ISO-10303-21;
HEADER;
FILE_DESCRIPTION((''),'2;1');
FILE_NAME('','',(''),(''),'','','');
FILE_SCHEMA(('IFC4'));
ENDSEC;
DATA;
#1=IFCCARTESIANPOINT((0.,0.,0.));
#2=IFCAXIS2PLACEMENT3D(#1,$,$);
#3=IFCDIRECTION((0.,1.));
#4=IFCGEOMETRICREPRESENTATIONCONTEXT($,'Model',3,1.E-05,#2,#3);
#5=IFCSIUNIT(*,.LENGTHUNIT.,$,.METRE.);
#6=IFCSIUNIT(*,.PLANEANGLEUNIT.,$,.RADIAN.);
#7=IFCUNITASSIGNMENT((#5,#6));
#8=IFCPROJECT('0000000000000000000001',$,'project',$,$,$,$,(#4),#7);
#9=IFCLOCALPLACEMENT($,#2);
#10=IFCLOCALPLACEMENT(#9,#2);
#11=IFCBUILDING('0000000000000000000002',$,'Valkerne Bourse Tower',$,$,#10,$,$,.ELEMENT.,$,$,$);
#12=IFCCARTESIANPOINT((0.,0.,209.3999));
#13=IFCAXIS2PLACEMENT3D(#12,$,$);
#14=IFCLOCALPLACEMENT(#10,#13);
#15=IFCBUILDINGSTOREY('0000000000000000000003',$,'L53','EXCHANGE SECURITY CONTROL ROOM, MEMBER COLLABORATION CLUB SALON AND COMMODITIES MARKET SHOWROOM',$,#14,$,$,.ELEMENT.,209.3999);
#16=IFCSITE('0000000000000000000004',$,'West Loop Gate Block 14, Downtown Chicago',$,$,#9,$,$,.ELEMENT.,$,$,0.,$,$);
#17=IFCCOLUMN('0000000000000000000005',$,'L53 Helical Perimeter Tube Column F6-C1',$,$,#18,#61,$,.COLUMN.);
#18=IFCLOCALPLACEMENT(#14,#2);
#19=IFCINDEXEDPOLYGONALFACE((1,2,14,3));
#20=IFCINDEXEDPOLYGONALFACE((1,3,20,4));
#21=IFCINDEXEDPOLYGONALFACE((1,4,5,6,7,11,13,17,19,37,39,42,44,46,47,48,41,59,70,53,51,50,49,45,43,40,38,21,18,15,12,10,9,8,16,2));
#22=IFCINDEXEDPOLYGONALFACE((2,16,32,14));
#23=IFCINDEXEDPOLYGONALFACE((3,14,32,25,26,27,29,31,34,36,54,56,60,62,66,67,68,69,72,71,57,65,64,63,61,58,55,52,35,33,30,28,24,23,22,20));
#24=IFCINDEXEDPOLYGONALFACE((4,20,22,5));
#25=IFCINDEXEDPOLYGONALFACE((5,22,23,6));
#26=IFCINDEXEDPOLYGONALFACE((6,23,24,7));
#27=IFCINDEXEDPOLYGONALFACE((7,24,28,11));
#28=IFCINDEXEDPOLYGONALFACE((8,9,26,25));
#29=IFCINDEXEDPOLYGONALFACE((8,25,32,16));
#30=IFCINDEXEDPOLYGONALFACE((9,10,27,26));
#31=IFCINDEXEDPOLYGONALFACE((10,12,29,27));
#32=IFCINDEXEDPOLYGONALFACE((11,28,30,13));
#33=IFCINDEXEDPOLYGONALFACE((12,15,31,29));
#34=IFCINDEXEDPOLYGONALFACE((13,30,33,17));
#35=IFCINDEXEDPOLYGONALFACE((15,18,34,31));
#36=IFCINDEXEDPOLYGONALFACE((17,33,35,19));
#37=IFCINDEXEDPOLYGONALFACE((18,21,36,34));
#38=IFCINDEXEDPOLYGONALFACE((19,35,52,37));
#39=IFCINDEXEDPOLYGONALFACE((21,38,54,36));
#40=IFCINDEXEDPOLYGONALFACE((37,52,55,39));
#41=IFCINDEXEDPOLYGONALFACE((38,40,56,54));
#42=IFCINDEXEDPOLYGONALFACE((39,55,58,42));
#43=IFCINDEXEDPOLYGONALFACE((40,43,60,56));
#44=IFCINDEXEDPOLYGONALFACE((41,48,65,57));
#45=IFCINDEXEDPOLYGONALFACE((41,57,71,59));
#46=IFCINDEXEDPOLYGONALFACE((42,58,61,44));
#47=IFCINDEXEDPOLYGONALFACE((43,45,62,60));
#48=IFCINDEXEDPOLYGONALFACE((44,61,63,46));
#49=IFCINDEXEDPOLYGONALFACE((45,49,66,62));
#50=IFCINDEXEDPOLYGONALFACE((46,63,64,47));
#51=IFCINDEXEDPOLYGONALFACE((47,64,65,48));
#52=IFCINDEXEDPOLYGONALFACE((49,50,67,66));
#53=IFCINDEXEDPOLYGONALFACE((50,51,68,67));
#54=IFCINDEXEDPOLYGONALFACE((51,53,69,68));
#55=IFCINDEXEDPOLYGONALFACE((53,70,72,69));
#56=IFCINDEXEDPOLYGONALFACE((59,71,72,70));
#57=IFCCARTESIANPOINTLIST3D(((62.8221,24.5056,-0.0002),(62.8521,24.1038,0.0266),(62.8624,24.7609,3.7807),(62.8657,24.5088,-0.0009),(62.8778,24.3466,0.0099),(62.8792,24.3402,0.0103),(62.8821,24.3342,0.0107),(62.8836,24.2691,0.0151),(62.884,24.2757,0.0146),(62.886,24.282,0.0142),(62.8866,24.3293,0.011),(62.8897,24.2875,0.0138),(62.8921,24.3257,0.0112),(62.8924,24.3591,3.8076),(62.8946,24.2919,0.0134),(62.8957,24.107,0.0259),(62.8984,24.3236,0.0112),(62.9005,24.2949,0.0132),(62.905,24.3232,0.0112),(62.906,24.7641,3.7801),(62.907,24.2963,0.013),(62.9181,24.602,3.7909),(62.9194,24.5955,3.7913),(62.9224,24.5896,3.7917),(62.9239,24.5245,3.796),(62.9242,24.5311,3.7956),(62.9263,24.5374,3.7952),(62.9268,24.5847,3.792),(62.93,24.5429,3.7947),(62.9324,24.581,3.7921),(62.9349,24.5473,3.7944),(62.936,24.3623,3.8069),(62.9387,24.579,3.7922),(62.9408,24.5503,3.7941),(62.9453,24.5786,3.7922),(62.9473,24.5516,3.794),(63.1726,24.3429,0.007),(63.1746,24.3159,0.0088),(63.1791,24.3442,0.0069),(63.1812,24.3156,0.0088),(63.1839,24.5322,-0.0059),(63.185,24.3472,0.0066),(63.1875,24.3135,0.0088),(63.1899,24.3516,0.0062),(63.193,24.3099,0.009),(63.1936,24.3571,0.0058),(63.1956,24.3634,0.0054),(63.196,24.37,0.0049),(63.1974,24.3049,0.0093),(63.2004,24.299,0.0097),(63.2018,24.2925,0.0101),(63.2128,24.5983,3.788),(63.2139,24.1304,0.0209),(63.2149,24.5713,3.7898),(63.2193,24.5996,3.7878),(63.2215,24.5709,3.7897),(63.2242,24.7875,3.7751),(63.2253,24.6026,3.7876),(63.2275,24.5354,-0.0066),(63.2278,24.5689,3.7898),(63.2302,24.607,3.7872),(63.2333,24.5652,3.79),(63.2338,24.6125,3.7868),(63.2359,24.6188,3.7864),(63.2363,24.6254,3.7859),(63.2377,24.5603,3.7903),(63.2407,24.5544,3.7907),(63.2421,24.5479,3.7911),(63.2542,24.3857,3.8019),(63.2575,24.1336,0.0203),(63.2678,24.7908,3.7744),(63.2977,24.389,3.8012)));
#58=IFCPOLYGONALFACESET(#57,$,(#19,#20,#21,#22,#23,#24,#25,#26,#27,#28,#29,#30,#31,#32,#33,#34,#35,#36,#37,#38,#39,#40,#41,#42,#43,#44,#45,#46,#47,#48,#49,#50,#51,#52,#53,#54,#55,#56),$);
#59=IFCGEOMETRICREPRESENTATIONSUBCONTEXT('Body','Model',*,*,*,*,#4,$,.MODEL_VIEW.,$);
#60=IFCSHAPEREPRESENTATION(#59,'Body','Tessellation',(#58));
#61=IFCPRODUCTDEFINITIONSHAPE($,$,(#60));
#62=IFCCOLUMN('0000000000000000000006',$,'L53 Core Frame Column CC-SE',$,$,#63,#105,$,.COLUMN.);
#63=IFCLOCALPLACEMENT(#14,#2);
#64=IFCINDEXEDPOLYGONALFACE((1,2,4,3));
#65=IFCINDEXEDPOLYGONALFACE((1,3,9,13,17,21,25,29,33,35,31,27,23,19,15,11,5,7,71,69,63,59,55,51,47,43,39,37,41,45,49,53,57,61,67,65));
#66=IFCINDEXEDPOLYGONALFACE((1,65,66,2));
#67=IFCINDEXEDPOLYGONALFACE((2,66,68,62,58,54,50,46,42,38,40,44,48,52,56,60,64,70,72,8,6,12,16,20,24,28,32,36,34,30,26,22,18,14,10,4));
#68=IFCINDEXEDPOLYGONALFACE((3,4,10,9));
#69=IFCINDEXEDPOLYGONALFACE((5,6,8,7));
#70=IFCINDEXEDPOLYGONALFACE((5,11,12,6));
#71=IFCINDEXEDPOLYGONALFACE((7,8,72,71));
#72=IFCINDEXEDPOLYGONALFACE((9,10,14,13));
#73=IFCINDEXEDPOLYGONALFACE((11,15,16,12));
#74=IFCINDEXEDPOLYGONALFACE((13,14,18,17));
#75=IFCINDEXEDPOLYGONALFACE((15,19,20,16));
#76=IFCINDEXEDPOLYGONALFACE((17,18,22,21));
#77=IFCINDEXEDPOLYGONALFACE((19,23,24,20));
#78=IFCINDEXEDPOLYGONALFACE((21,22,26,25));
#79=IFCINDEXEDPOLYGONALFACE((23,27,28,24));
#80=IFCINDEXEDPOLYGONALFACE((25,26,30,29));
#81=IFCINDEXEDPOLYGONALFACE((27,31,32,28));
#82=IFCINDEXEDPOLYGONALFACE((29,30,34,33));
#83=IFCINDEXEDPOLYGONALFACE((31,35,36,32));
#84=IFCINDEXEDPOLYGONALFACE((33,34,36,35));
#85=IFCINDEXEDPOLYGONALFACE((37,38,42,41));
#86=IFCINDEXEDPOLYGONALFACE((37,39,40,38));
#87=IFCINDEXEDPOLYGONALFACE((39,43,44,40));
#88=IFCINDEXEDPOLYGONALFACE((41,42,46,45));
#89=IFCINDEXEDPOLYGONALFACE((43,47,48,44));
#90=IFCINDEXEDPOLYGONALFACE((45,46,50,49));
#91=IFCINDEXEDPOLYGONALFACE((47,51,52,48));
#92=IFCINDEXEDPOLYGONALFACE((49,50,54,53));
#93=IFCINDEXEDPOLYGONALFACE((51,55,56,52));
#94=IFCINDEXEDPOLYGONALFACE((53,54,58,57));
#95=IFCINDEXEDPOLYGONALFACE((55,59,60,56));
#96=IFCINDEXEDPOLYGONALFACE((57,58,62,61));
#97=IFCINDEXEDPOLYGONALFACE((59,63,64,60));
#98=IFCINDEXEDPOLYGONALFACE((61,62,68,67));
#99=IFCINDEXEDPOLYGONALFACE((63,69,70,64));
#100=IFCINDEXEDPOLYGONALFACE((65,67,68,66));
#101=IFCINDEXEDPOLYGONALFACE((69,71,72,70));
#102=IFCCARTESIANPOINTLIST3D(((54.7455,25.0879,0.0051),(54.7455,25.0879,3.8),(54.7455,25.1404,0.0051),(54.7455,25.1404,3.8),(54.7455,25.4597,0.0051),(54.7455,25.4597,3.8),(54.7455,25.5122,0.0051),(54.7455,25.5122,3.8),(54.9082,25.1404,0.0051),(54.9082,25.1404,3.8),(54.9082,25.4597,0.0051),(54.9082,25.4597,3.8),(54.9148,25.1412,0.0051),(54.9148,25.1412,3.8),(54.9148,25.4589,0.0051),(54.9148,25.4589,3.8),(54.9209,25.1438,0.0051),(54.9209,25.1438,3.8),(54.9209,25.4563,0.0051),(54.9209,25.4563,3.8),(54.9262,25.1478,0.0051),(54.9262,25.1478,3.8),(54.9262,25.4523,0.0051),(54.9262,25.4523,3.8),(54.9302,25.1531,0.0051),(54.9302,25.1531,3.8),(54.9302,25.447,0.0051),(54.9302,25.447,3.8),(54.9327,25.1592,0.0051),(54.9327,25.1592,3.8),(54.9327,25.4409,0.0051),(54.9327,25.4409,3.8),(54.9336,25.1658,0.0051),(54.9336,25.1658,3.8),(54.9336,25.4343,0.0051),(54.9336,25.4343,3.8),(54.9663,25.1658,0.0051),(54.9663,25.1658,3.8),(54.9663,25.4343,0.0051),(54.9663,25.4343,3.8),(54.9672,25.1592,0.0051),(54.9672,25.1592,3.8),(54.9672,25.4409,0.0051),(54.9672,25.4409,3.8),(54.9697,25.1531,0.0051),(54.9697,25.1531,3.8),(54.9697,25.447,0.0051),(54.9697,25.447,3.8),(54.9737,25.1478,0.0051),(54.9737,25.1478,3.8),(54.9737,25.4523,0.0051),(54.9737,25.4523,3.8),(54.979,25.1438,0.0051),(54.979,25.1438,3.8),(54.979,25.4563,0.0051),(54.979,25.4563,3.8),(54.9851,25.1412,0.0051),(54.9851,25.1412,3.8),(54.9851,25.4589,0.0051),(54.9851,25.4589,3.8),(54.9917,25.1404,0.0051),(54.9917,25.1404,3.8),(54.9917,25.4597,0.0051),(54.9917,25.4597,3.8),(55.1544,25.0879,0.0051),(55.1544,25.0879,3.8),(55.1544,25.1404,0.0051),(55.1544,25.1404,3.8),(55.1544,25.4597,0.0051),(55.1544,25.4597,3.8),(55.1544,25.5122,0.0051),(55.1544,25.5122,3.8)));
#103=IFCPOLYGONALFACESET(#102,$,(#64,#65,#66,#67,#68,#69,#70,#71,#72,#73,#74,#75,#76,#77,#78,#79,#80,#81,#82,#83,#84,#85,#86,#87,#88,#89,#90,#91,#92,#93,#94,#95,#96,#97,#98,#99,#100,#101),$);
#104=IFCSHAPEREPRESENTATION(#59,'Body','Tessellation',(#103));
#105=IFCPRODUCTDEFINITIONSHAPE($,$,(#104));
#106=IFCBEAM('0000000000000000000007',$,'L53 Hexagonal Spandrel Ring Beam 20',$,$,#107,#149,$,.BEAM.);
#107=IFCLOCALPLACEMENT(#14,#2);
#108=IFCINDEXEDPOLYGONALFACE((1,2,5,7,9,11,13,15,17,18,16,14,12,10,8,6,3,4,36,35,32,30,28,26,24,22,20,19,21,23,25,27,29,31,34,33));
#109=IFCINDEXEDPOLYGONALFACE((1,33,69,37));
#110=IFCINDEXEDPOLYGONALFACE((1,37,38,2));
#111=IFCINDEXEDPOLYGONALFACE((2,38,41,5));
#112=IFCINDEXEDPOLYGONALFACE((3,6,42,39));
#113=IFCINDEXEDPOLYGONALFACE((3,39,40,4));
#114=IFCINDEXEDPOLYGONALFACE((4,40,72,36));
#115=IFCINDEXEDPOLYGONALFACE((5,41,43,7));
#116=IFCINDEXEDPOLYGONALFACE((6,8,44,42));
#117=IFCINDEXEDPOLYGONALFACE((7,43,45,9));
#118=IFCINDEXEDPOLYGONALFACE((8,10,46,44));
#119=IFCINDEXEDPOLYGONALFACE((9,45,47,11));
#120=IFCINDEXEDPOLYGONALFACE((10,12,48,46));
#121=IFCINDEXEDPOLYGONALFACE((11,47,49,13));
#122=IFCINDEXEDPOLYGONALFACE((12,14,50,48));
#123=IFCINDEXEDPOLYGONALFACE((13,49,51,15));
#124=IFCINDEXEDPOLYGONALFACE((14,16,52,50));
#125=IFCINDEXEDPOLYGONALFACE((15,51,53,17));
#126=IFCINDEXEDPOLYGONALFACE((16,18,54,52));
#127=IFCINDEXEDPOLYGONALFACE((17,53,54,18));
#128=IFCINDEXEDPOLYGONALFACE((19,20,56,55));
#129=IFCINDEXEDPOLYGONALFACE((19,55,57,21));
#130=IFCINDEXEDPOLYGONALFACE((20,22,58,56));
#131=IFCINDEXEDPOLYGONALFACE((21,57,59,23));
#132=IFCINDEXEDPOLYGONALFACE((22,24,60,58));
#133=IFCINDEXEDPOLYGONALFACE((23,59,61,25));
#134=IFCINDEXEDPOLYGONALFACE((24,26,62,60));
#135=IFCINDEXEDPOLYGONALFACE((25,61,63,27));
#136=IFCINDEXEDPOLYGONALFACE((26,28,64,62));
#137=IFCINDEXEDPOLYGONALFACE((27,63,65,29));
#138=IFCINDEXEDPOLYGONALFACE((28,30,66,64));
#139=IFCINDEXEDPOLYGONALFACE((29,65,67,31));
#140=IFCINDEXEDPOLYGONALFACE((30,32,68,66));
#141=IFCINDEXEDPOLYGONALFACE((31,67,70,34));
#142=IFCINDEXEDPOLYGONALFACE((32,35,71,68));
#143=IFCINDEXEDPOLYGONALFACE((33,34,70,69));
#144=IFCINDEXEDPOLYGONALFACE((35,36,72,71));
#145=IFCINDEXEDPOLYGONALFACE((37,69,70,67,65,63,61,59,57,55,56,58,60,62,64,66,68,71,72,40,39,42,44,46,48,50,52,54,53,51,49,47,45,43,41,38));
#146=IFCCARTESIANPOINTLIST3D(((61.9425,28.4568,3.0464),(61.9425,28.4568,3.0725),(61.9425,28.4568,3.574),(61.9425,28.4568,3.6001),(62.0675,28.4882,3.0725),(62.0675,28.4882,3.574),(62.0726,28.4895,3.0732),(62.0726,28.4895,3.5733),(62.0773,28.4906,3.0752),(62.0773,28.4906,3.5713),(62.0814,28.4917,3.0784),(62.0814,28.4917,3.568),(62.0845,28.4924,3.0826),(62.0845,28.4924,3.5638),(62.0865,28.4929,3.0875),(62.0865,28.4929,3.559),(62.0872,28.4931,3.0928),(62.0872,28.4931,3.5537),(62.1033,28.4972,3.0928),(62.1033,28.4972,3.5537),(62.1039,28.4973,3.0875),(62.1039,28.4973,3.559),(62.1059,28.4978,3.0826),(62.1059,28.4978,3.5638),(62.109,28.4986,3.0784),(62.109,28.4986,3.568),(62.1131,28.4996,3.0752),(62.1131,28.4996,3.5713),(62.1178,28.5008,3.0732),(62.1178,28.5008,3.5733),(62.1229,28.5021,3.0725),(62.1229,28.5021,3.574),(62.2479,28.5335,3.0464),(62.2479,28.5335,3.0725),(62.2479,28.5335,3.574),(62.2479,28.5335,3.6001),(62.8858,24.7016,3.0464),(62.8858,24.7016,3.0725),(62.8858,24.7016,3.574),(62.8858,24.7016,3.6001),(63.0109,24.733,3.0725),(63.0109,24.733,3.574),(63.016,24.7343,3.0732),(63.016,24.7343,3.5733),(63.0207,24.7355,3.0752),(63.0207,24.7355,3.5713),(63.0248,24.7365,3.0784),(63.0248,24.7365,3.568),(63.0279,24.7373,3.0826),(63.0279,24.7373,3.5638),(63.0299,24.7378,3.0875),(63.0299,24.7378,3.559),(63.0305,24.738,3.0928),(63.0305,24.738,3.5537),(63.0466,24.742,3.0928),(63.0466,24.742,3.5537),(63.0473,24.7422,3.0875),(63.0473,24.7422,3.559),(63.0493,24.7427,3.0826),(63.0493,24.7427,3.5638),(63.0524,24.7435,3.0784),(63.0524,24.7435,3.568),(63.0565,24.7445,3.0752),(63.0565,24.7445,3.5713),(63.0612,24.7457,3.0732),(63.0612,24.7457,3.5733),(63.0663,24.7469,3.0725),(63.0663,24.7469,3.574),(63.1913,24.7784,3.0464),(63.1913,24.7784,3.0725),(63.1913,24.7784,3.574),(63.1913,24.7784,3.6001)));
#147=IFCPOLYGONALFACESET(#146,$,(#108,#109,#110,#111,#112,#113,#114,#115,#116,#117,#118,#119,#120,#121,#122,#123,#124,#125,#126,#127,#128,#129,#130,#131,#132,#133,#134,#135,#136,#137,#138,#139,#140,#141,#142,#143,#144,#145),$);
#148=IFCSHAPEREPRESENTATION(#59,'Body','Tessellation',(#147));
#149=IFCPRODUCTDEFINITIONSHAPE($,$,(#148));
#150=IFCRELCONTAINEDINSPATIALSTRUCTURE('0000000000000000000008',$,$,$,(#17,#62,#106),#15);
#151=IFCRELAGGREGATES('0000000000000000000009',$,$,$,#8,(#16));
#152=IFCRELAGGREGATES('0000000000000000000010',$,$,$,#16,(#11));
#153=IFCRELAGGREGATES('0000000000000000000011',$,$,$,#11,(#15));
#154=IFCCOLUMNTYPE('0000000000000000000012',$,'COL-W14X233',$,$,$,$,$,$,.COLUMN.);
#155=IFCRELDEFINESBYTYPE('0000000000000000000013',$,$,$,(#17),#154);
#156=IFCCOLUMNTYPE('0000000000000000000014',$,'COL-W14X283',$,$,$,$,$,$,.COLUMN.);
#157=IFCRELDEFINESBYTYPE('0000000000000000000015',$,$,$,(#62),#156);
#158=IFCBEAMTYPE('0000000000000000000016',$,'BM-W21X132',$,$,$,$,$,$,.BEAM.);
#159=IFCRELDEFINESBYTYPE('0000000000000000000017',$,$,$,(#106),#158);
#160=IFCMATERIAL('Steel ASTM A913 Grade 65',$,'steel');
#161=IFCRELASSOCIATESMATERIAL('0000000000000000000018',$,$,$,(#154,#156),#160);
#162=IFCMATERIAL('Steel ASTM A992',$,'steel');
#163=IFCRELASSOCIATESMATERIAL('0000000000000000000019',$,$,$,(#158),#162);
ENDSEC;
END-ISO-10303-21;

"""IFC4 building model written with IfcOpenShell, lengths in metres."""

from ifc_helpers import new_model, si_unit, direction, frame, origin, origin_2d, place, context, subcontext, project, spatial, i_section, extrude, material, material_profile, profile_set, type_object, element, save


model = new_model("IFC4")

# Units and contexts
model_context = context("Model", 3, precision=1e-05, world=origin(), true_north=direction((0.0, 1.0)))
body_context = subcontext(model_context, "Body", "Model", "MODEL_VIEW")
ifc_project = project(units=[si_unit("LENGTHUNIT", "METRE"), si_unit("PLANEANGLEUNIT", "RADIAN")], contexts=[model_context])

# Site, building, storey
site_placement = place(None, origin())
site = spatial("IfcSite", under=ifc_project, at=site_placement, Name="West Loop Gate Block 14, Downtown Chicago", CompositionType="ELEMENT", RefElevation=0.0)
building_placement = place(site_placement, origin())
building = spatial("IfcBuilding", under=site, at=building_placement, Name="Valkerne Bourse Tower", CompositionType="ELEMENT")
storey_placement = place(building_placement, frame((0.0, 0.0, 209.3999)))
storey = spatial("IfcBuildingStorey", under=building, at=storey_placement, Name="L53", Description="EXCHANGE SECURITY CONTROL ROOM, MEMBER COLLABORATION CLUB SALON AND COMMODITIES MARKET SHOWROOM", CompositionType="ELEMENT", Elevation=209.3999)

# Columns
ifc_material_1 = material(Name="Steel ASTM A913 Grade 65", Category="steel")
ifc_material_profile_1 = material_profile(ifc_material_1, i_section(OverallWidth=0.4038, OverallDepth=0.4065, WebThickness=0.0271, FlangeThickness=0.0437, FilletRadius=0.0254, at=origin_2d()), Name="W14X233")
ifc_profile_set_1 = profile_set([ifc_material_profile_1], Name="Steel ASTM A913 Grade 65")
column_type_1 = type_object("IfcColumnType", Name="COL-W14X233", PredefinedType="COLUMN", material=ifc_profile_set_1)
column_1_placement = place(storey_placement, frame((63.0398, 24.3196, 0.01), z_axis=(0.010629, 0.067383, 0.997671), x_axis=(0.074215, -0.995028, 0.066414)))
element("IfcColumn", 1, at=column_1_placement, inside=storey, type_object=column_type_1, Name="L53 Helical Perimeter Tube Column F6-C1", PredefinedType="COLUMN", context=body_context, shape_type="SweptSolid", body=[
    extrude(i_section(OverallWidth=0.4038, OverallDepth=0.4065, WebThickness=0.0271, FlangeThickness=0.0437, FilletRadius=0.0254, at=origin_2d()), origin(), (0.0, 0.0, 1.0), 3.7898),
])
ifc_material_profile_2 = material_profile(ifc_material_1, i_section(OverallWidth=0.4089, OverallDepth=0.4243, WebThickness=0.0327, FlangeThickness=0.0525, FilletRadius=0.0254, at=origin_2d()), Name="W14X283")
ifc_profile_set_2 = profile_set([ifc_material_profile_2], Name="Steel ASTM A913 Grade 65")
column_type_2 = type_object("IfcColumnType", Name="COL-W14X283", PredefinedType="COLUMN", material=ifc_profile_set_2)
column_2_placement = place(storey_placement, frame((54.95, 25.3, 0.0051), z_axis=(0.0, 0.0, 1.0), x_axis=(1.0, 0.0, 0.0)))
element("IfcColumn", 2, at=column_2_placement, inside=storey, type_object=column_type_2, Name="L53 Core Frame Column CC-SE", PredefinedType="COLUMN", context=body_context, shape_type="SweptSolid", body=[
    extrude(i_section(OverallWidth=0.4089, OverallDepth=0.4243, WebThickness=0.0327, FlangeThickness=0.0525, FilletRadius=0.0254, at=origin_2d()), origin(), (0.0, 0.0, 1.0), 3.7949),
])

# Beam
ifc_material_2 = material(Name="Steel ASTM A992", Category="steel")
ifc_material_profile_3 = material_profile(ifc_material_2, i_section(OverallWidth=0.3149, OverallDepth=0.5537, WebThickness=0.0166, FlangeThickness=0.0261, FilletRadius=0.0203, at=origin_2d()), Name="W21X132")
ifc_profile_set_3 = profile_set([ifc_material_profile_3], Name="Steel ASTM A992")
beam_type_1 = type_object("IfcBeamType", Name="BM-W21X132", PredefinedType="BEAM", material=ifc_profile_set_3)
beam_1_placement = place(storey_placement, frame((63.0386, 24.74, 3.3232), z_axis=(-0.243648, 0.969864, 0.0), x_axis=(-0.969864, -0.243648, 0.0)))
element("IfcBeam", 3, at=beam_1_placement, inside=storey, type_object=beam_type_1, Name="L53 Hexagonal Spandrel Ring Beam 20", PredefinedType="BEAM", context=body_context, shape_type="SweptSolid", body=[
    extrude(i_section(OverallWidth=0.3149, OverallDepth=0.5537, WebThickness=0.0166, FlangeThickness=0.0261, FilletRadius=0.0203, at=origin_2d()), origin(), (0.0, 0.0, 1.0), 3.8718),
])

save(model, "model.ifc")
